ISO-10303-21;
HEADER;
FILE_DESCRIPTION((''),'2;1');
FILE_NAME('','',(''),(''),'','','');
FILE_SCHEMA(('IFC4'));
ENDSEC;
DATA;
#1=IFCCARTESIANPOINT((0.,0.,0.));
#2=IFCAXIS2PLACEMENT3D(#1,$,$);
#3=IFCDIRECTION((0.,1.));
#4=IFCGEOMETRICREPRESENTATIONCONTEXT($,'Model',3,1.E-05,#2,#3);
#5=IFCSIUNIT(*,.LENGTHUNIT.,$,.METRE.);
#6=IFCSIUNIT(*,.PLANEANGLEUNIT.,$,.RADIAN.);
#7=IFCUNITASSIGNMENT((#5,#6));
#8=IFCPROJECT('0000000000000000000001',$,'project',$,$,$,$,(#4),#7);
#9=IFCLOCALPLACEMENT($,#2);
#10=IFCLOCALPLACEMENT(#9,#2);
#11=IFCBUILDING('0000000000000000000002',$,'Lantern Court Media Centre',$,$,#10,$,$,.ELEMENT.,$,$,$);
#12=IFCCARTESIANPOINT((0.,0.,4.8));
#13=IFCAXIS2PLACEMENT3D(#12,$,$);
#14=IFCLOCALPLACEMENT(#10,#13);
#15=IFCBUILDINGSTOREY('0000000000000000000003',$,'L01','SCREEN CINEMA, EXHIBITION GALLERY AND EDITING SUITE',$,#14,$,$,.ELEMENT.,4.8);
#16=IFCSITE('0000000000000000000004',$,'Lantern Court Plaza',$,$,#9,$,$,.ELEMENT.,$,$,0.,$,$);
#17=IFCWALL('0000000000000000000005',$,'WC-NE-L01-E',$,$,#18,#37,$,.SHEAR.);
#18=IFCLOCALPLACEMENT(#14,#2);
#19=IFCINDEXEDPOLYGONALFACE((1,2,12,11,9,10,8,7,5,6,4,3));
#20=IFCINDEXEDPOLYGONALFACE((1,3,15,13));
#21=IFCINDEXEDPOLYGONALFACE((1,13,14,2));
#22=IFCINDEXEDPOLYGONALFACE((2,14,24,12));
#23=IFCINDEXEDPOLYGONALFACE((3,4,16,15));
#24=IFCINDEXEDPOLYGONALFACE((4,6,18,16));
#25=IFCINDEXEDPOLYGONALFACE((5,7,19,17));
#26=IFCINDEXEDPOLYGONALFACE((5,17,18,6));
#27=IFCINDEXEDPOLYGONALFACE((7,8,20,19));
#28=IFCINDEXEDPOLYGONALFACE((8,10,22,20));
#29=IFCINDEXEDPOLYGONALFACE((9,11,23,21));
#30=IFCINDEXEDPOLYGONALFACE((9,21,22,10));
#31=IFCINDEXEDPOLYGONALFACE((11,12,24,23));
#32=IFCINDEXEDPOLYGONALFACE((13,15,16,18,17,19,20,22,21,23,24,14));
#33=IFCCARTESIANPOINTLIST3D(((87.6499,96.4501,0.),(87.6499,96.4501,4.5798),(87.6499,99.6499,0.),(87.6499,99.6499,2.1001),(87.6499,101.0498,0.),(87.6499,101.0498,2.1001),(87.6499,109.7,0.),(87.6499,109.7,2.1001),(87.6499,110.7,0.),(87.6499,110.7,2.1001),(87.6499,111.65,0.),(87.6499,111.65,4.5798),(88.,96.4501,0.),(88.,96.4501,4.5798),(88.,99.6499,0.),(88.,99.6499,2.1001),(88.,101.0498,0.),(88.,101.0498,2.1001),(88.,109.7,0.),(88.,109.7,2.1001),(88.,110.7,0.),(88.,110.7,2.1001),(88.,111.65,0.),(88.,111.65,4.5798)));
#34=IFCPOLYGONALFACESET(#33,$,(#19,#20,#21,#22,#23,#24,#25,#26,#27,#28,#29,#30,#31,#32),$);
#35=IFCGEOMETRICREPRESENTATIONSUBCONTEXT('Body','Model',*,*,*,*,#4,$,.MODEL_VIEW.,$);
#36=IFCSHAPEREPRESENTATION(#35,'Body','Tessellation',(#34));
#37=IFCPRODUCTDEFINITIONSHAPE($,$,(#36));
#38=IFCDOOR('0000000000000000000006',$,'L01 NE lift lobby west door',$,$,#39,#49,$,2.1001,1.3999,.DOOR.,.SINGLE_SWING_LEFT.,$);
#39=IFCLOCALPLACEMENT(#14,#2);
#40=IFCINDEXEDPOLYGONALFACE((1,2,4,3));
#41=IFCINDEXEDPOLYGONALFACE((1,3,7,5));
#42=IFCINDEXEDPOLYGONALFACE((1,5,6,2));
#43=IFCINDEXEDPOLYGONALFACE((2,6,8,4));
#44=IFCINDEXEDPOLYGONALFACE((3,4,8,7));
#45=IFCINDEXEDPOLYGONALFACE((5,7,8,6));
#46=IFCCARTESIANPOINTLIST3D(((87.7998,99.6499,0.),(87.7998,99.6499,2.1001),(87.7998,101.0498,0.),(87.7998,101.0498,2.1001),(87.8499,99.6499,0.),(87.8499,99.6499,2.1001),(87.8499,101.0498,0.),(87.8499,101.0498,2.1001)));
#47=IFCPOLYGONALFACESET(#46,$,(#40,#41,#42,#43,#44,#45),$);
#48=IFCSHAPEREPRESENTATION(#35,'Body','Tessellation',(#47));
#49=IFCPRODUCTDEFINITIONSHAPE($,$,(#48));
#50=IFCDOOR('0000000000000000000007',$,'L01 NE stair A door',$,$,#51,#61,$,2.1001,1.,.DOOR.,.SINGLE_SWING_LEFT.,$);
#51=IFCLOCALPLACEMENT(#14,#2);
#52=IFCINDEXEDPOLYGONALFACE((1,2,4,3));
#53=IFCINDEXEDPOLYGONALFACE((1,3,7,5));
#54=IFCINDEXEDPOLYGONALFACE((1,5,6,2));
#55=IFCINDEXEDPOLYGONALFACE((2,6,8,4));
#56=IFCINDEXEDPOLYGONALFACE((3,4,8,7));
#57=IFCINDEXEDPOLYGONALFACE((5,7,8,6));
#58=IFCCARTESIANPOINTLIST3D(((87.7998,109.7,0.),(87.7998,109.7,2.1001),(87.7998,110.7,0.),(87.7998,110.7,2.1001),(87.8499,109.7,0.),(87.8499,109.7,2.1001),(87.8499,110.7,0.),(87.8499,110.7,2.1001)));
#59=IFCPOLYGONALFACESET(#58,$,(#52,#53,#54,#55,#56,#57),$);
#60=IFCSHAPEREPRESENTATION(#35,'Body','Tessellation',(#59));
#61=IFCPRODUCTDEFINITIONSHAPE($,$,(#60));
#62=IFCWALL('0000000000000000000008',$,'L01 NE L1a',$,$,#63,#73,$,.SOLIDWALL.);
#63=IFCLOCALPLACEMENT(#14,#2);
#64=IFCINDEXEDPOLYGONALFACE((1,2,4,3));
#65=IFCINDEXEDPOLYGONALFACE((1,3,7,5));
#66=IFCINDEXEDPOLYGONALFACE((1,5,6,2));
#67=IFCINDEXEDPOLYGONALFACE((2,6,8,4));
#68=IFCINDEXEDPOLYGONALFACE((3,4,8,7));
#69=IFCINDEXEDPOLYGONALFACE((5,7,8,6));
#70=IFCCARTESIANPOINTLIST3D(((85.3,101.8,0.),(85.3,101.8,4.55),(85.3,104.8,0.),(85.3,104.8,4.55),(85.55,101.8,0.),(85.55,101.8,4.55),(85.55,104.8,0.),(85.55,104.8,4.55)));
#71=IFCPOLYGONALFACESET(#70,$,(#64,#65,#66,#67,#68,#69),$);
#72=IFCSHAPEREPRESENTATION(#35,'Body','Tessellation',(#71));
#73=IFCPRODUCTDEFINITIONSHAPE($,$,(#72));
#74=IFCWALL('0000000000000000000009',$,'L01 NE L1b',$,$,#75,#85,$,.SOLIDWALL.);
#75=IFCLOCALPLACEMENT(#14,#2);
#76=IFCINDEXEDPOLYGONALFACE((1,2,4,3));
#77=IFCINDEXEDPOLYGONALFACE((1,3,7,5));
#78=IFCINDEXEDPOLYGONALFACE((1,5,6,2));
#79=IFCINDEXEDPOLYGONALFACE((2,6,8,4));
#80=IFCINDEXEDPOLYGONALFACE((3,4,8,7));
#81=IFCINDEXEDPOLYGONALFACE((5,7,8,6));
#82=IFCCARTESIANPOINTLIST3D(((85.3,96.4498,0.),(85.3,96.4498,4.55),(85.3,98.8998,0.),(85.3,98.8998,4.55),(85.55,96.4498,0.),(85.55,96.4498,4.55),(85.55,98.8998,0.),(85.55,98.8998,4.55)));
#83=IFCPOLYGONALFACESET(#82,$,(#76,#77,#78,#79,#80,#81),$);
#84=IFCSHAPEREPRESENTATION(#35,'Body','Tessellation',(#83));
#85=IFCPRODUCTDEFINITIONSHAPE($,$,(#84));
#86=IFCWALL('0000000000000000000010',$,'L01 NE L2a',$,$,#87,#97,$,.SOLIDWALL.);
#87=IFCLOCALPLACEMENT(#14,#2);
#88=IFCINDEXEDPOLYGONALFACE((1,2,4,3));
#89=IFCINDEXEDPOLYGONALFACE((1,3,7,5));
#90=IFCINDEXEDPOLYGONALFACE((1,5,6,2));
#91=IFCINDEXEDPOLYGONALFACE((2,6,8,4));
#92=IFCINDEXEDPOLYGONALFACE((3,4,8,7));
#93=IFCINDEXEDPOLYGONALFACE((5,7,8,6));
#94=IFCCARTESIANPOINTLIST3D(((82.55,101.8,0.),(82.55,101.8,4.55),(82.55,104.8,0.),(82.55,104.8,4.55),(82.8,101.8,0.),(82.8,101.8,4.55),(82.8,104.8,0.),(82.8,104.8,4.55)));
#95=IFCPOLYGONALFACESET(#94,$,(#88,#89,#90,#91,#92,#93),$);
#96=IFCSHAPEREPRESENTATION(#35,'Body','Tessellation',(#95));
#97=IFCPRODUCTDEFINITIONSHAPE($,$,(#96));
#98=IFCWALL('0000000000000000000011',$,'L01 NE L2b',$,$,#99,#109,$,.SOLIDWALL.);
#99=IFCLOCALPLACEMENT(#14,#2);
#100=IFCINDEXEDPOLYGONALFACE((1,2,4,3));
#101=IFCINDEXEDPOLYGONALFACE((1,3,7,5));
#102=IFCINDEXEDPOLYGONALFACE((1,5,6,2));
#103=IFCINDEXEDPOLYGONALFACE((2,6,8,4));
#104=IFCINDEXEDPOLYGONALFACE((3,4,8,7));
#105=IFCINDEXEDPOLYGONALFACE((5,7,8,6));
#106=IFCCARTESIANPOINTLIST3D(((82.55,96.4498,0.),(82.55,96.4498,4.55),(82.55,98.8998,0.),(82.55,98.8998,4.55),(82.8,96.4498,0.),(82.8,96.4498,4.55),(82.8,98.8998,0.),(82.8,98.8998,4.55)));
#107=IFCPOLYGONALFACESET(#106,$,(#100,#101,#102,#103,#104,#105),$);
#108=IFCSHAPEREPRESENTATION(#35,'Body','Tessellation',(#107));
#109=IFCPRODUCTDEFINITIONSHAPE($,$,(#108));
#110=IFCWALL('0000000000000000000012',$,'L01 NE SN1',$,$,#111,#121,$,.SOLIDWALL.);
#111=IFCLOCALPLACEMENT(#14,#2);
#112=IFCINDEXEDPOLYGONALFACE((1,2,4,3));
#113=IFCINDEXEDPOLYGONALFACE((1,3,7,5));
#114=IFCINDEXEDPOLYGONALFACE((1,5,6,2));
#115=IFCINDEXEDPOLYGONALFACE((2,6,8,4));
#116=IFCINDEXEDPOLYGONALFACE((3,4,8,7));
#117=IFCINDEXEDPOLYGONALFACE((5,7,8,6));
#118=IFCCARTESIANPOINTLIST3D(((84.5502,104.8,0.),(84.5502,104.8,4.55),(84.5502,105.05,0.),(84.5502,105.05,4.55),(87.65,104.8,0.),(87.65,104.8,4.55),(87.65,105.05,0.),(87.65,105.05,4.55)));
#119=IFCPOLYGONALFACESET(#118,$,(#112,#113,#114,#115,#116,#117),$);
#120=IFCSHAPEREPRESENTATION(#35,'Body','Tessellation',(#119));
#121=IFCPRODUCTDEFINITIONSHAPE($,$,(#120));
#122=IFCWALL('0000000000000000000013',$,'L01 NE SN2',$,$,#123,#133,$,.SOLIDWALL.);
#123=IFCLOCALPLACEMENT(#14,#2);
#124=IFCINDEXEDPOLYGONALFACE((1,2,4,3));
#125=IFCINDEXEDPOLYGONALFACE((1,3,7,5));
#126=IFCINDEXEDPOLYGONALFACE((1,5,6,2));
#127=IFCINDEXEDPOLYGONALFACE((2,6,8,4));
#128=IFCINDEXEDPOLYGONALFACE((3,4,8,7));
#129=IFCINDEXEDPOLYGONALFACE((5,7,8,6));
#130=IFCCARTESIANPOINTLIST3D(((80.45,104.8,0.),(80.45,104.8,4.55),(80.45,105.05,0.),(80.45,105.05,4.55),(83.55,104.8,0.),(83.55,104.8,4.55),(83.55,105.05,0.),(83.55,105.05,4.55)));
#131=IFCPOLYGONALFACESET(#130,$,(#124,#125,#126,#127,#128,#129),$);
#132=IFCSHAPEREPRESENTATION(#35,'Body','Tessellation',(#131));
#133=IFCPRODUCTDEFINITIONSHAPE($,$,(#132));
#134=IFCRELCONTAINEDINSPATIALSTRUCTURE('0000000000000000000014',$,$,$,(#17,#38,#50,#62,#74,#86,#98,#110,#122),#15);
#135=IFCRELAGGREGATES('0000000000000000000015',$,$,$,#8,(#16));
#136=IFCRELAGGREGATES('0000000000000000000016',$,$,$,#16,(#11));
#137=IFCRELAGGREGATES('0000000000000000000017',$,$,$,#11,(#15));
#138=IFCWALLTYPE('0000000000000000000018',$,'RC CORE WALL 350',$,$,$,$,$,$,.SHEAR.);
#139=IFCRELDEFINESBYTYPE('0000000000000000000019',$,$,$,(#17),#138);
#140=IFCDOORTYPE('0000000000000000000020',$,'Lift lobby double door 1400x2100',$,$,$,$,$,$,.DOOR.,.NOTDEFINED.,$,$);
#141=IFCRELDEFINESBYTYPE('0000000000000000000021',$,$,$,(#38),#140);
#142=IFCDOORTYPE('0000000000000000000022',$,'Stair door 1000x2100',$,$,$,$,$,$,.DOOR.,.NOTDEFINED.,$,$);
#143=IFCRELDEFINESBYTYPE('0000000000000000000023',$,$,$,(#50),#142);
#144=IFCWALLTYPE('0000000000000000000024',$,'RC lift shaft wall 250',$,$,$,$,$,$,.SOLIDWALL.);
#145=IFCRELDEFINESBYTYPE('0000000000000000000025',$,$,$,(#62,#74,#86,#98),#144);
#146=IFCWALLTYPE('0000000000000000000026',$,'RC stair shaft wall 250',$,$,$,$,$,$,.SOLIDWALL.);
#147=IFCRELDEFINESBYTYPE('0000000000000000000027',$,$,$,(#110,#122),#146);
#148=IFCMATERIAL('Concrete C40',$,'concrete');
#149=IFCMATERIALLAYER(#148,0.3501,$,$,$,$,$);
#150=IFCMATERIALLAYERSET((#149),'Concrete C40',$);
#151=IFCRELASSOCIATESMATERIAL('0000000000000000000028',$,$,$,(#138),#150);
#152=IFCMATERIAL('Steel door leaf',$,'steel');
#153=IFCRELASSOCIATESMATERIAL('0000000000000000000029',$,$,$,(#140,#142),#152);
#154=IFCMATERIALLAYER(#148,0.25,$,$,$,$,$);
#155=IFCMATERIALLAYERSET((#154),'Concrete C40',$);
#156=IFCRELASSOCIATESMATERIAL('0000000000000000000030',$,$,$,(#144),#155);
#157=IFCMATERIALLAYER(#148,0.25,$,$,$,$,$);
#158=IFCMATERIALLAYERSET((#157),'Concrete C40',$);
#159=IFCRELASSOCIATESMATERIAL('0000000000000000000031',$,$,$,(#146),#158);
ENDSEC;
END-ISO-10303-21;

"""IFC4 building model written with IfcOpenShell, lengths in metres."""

from ifc_helpers import new_model, si_unit, direction, frame, frame_2d, origin, place, context, subcontext, project, spatial, rectangle, extrude, material, layer, layer_set, type_object, element, fill, save


model = new_model("IFC4")

# Units and contexts
model_context = context("Model", 3, precision=1e-05, world=origin(), true_north=direction((0.0, 1.0)))
body_context = subcontext(model_context, "Body", "Model", "MODEL_VIEW")
ifc_project = project(units=[si_unit("LENGTHUNIT", "METRE"), si_unit("PLANEANGLEUNIT", "RADIAN")], contexts=[model_context])

# Site, building, storey
site_placement = place(None, origin())
site = spatial("IfcSite", under=ifc_project, at=site_placement, Name="Lantern Court Plaza", CompositionType="ELEMENT", RefElevation=0.0)
building_placement = place(site_placement, origin())
building = spatial("IfcBuilding", under=site, at=building_placement, Name="Lantern Court Media Centre", CompositionType="ELEMENT")
storey_placement = place(building_placement, frame((0.0, 0.0, 4.8)))
storey = spatial("IfcBuildingStorey", under=building, at=storey_placement, Name="L01", Description="SCREEN CINEMA, EXHIBITION GALLERY AND EDITING SUITE", CompositionType="ELEMENT", Elevation=4.8)

# Shared definitions
ifc_material_1 = material(Name="Concrete C40", Category="concrete")
ifc_material_2 = material(Name="Steel door leaf", Category="steel")

# Shared definitions
ifc_layer_1 = layer(ifc_material_1, 0.3501)
ifc_layer_set_1 = layer_set([ifc_layer_1], Name="Concrete C40")
wall_type_1 = type_object("IfcWallType", Name="RC CORE WALL 350", PredefinedType="SHEAR", material=ifc_layer_set_1)

# Wall, openings, doors
door_type_1 = type_object("IfcDoorType", Name="Lift lobby double door 1400x2100", OperationType="NOTDEFINED", PredefinedType="DOOR", material=ifc_material_2)
door_type_2 = type_object("IfcDoorType", Name="Stair door 1000x2100", OperationType="NOTDEFINED", PredefinedType="DOOR", material=ifc_material_2)
wall_1_placement = place(storey_placement, frame((87.825, 96.45, 0.0), z_axis=(0.0, 0.0, 1.0), x_axis=(0.0, 1.0, 0.0)))
wall_1 = element("IfcWall", 1, at=wall_1_placement, inside=storey, type_object=wall_type_1, Name="WC-NE-L01-E", PredefinedType="SHEAR", context=body_context, shape_type="SweptSolid", body=[
    extrude(rectangle(XDim=15.2, YDim=0.3501, at=frame_2d((7.6001, 0.0))), origin(), (0.0, 0.0, 1.0), 4.5798),
])
opening_1_placement = place(wall_1_placement, frame((13.25, 0.0, 0.0)))
opening_1 = element("IfcOpeningElement", 2, at=opening_1_placement, cuts=wall_1, PredefinedType="OPENING", context=body_context, shape_type="SweptSolid", body=[
    extrude(rectangle(XDim=1.0, YDim=2.1001, at=frame_2d((0.5, 1.05))), frame((0.0, 0.1851, 0.0), z_axis=(0.0, -1.0, 0.0), x_axis=(1.0, 0.0, 0.0)), (0.0, 0.0, 1.0), 0.3701),
])
opening_2_placement = place(wall_1_placement, frame((3.2, 0.0, 0.0)))
opening_2 = element("IfcOpeningElement", 3, at=opening_2_placement, cuts=wall_1, PredefinedType="OPENING", context=body_context, shape_type="SweptSolid", body=[
    extrude(rectangle(XDim=1.3999, YDim=2.1001, at=frame_2d((0.7, 1.05))), frame((0.0, 0.1851, 0.0), z_axis=(0.0, -1.0, 0.0), x_axis=(1.0, 0.0, 0.0)), (0.0, 0.0, 1.0), 0.3701),
])
door_1_placement = place(opening_2_placement, frame((1.3999, 0.0, 0.0), z_axis=(0.0, 0.0, 1.0), x_axis=(-1.0, 0.0, 0.0)))
door_1 = element("IfcDoor", 4, at=door_1_placement, inside=storey, type_object=door_type_1, Name="L01 NE lift lobby west door", OperationType="SINGLE_SWING_LEFT", OverallHeight=2.1001, OverallWidth=1.3999, PredefinedType="DOOR", context=body_context, shape_type="SweptSolid", body=[
    extrude(rectangle(XDim=1.3999, YDim=2.1001, at=frame_2d((0.7, 1.05))), frame((0.0, 0.0249, 0.0), z_axis=(0.0, -1.0, 0.0), x_axis=(1.0, 0.0, 0.0)), (0.0, 0.0, 1.0), 0.05),
])
fill(opening_2, door_1)
door_2_placement = place(opening_1_placement, frame((1.0, 0.0, 0.0), z_axis=(0.0, 0.0, 1.0), x_axis=(-1.0, 0.0, 0.0)))
door_2 = element("IfcDoor", 5, at=door_2_placement, inside=storey, type_object=door_type_2, Name="L01 NE stair A door", OperationType="SINGLE_SWING_LEFT", OverallHeight=2.1001, OverallWidth=1.0, PredefinedType="DOOR", context=body_context, shape_type="SweptSolid", body=[
    extrude(rectangle(XDim=1.0, YDim=2.1001, at=frame_2d((0.5, 1.05))), frame((0.0, 0.0249, 0.0), z_axis=(0.0, -1.0, 0.0), x_axis=(1.0, 0.0, 0.0)), (0.0, 0.0, 1.0), 0.05),
])
fill(opening_1, door_2)

# Walls
ifc_layer_2 = layer(ifc_material_1, 0.25)
ifc_layer_set_2 = layer_set([ifc_layer_2], Name="Concrete C40")
wall_type_2 = type_object("IfcWallType", Name="RC lift shaft wall 250", PredefinedType="SOLIDWALL", material=ifc_layer_set_2)
wall_2_placement = place(storey_placement, frame((85.425, 104.8, 0.0), z_axis=(0.0, 0.0, 1.0), x_axis=(0.0, -1.0, 0.0)))
element("IfcWall", 6, at=wall_2_placement, inside=storey, type_object=wall_type_2, Name="L01 NE L1a", PredefinedType="SOLIDWALL", context=body_context, shape_type="SweptSolid", body=[
    extrude(rectangle(XDim=3.0, YDim=0.25, at=frame_2d((1.5, 0.0))), origin(), (0.0, 0.0, 1.0), 4.55),
])
wall_3_placement = place(storey_placement, frame((85.425, 98.8999, 0.0), z_axis=(0.0, 0.0, 1.0), x_axis=(0.0, -1.0, 0.0)))
element("IfcWall", 7, at=wall_3_placement, inside=storey, type_object=wall_type_2, Name="L01 NE L1b", PredefinedType="SOLIDWALL", context=body_context, shape_type="SweptSolid", body=[
    extrude(rectangle(XDim=2.45, YDim=0.25, at=frame_2d((1.2251, 0.0))), origin(), (0.0, 0.0, 1.0), 4.55),
])
wall_4_placement = place(storey_placement, frame((82.675, 104.8, 0.0), z_axis=(0.0, 0.0, 1.0), x_axis=(0.0, -1.0, 0.0)))
element("IfcWall", 8, at=wall_4_placement, inside=storey, type_object=wall_type_2, Name="L01 NE L2a", PredefinedType="SOLIDWALL", context=body_context, shape_type="SweptSolid", body=[
    extrude(rectangle(XDim=3.0, YDim=0.25, at=frame_2d((1.5, 0.0))), origin(), (0.0, 0.0, 1.0), 4.55),
])
wall_5_placement = place(storey_placement, frame((82.675, 98.8999, 0.0), z_axis=(0.0, 0.0, 1.0), x_axis=(0.0, -1.0, 0.0)))
element("IfcWall", 9, at=wall_5_placement, inside=storey, type_object=wall_type_2, Name="L01 NE L2b", PredefinedType="SOLIDWALL", context=body_context, shape_type="SweptSolid", body=[
    extrude(rectangle(XDim=2.45, YDim=0.25, at=frame_2d((1.2251, 0.0))), origin(), (0.0, 0.0, 1.0), 4.55),
])
ifc_layer_3 = layer(ifc_material_1, 0.25)
ifc_layer_set_3 = layer_set([ifc_layer_3], Name="Concrete C40")
wall_type_3 = type_object("IfcWallType", Name="RC stair shaft wall 250", PredefinedType="SOLIDWALL", material=ifc_layer_set_3)
wall_6_placement = place(storey_placement, frame((87.6499, 104.925, 0.0), z_axis=(0.0, 0.0, 1.0), x_axis=(-1.0, 0.0, 0.0)))
element("IfcWall", 10, at=wall_6_placement, inside=storey, type_object=wall_type_3, Name="L01 NE SN1", PredefinedType="SOLIDWALL", context=body_context, shape_type="SweptSolid", body=[
    extrude(rectangle(XDim=3.0999, YDim=0.25, at=frame_2d((1.5498, 0.0))), origin(), (0.0, 0.0, 1.0), 4.55),
])
wall_7_placement = place(storey_placement, frame((83.55, 104.925, 0.0), z_axis=(0.0, 0.0, 1.0), x_axis=(-1.0, 0.0, 0.0)))
element("IfcWall", 11, at=wall_7_placement, inside=storey, type_object=wall_type_3, Name="L01 NE SN2", PredefinedType="SOLIDWALL", context=body_context, shape_type="SweptSolid", body=[
    extrude(rectangle(XDim=3.1001, YDim=0.25, at=frame_2d((1.55, 0.0))), origin(), (0.0, 0.0, 1.0), 4.55),
])

save(model, "model.ifc")
